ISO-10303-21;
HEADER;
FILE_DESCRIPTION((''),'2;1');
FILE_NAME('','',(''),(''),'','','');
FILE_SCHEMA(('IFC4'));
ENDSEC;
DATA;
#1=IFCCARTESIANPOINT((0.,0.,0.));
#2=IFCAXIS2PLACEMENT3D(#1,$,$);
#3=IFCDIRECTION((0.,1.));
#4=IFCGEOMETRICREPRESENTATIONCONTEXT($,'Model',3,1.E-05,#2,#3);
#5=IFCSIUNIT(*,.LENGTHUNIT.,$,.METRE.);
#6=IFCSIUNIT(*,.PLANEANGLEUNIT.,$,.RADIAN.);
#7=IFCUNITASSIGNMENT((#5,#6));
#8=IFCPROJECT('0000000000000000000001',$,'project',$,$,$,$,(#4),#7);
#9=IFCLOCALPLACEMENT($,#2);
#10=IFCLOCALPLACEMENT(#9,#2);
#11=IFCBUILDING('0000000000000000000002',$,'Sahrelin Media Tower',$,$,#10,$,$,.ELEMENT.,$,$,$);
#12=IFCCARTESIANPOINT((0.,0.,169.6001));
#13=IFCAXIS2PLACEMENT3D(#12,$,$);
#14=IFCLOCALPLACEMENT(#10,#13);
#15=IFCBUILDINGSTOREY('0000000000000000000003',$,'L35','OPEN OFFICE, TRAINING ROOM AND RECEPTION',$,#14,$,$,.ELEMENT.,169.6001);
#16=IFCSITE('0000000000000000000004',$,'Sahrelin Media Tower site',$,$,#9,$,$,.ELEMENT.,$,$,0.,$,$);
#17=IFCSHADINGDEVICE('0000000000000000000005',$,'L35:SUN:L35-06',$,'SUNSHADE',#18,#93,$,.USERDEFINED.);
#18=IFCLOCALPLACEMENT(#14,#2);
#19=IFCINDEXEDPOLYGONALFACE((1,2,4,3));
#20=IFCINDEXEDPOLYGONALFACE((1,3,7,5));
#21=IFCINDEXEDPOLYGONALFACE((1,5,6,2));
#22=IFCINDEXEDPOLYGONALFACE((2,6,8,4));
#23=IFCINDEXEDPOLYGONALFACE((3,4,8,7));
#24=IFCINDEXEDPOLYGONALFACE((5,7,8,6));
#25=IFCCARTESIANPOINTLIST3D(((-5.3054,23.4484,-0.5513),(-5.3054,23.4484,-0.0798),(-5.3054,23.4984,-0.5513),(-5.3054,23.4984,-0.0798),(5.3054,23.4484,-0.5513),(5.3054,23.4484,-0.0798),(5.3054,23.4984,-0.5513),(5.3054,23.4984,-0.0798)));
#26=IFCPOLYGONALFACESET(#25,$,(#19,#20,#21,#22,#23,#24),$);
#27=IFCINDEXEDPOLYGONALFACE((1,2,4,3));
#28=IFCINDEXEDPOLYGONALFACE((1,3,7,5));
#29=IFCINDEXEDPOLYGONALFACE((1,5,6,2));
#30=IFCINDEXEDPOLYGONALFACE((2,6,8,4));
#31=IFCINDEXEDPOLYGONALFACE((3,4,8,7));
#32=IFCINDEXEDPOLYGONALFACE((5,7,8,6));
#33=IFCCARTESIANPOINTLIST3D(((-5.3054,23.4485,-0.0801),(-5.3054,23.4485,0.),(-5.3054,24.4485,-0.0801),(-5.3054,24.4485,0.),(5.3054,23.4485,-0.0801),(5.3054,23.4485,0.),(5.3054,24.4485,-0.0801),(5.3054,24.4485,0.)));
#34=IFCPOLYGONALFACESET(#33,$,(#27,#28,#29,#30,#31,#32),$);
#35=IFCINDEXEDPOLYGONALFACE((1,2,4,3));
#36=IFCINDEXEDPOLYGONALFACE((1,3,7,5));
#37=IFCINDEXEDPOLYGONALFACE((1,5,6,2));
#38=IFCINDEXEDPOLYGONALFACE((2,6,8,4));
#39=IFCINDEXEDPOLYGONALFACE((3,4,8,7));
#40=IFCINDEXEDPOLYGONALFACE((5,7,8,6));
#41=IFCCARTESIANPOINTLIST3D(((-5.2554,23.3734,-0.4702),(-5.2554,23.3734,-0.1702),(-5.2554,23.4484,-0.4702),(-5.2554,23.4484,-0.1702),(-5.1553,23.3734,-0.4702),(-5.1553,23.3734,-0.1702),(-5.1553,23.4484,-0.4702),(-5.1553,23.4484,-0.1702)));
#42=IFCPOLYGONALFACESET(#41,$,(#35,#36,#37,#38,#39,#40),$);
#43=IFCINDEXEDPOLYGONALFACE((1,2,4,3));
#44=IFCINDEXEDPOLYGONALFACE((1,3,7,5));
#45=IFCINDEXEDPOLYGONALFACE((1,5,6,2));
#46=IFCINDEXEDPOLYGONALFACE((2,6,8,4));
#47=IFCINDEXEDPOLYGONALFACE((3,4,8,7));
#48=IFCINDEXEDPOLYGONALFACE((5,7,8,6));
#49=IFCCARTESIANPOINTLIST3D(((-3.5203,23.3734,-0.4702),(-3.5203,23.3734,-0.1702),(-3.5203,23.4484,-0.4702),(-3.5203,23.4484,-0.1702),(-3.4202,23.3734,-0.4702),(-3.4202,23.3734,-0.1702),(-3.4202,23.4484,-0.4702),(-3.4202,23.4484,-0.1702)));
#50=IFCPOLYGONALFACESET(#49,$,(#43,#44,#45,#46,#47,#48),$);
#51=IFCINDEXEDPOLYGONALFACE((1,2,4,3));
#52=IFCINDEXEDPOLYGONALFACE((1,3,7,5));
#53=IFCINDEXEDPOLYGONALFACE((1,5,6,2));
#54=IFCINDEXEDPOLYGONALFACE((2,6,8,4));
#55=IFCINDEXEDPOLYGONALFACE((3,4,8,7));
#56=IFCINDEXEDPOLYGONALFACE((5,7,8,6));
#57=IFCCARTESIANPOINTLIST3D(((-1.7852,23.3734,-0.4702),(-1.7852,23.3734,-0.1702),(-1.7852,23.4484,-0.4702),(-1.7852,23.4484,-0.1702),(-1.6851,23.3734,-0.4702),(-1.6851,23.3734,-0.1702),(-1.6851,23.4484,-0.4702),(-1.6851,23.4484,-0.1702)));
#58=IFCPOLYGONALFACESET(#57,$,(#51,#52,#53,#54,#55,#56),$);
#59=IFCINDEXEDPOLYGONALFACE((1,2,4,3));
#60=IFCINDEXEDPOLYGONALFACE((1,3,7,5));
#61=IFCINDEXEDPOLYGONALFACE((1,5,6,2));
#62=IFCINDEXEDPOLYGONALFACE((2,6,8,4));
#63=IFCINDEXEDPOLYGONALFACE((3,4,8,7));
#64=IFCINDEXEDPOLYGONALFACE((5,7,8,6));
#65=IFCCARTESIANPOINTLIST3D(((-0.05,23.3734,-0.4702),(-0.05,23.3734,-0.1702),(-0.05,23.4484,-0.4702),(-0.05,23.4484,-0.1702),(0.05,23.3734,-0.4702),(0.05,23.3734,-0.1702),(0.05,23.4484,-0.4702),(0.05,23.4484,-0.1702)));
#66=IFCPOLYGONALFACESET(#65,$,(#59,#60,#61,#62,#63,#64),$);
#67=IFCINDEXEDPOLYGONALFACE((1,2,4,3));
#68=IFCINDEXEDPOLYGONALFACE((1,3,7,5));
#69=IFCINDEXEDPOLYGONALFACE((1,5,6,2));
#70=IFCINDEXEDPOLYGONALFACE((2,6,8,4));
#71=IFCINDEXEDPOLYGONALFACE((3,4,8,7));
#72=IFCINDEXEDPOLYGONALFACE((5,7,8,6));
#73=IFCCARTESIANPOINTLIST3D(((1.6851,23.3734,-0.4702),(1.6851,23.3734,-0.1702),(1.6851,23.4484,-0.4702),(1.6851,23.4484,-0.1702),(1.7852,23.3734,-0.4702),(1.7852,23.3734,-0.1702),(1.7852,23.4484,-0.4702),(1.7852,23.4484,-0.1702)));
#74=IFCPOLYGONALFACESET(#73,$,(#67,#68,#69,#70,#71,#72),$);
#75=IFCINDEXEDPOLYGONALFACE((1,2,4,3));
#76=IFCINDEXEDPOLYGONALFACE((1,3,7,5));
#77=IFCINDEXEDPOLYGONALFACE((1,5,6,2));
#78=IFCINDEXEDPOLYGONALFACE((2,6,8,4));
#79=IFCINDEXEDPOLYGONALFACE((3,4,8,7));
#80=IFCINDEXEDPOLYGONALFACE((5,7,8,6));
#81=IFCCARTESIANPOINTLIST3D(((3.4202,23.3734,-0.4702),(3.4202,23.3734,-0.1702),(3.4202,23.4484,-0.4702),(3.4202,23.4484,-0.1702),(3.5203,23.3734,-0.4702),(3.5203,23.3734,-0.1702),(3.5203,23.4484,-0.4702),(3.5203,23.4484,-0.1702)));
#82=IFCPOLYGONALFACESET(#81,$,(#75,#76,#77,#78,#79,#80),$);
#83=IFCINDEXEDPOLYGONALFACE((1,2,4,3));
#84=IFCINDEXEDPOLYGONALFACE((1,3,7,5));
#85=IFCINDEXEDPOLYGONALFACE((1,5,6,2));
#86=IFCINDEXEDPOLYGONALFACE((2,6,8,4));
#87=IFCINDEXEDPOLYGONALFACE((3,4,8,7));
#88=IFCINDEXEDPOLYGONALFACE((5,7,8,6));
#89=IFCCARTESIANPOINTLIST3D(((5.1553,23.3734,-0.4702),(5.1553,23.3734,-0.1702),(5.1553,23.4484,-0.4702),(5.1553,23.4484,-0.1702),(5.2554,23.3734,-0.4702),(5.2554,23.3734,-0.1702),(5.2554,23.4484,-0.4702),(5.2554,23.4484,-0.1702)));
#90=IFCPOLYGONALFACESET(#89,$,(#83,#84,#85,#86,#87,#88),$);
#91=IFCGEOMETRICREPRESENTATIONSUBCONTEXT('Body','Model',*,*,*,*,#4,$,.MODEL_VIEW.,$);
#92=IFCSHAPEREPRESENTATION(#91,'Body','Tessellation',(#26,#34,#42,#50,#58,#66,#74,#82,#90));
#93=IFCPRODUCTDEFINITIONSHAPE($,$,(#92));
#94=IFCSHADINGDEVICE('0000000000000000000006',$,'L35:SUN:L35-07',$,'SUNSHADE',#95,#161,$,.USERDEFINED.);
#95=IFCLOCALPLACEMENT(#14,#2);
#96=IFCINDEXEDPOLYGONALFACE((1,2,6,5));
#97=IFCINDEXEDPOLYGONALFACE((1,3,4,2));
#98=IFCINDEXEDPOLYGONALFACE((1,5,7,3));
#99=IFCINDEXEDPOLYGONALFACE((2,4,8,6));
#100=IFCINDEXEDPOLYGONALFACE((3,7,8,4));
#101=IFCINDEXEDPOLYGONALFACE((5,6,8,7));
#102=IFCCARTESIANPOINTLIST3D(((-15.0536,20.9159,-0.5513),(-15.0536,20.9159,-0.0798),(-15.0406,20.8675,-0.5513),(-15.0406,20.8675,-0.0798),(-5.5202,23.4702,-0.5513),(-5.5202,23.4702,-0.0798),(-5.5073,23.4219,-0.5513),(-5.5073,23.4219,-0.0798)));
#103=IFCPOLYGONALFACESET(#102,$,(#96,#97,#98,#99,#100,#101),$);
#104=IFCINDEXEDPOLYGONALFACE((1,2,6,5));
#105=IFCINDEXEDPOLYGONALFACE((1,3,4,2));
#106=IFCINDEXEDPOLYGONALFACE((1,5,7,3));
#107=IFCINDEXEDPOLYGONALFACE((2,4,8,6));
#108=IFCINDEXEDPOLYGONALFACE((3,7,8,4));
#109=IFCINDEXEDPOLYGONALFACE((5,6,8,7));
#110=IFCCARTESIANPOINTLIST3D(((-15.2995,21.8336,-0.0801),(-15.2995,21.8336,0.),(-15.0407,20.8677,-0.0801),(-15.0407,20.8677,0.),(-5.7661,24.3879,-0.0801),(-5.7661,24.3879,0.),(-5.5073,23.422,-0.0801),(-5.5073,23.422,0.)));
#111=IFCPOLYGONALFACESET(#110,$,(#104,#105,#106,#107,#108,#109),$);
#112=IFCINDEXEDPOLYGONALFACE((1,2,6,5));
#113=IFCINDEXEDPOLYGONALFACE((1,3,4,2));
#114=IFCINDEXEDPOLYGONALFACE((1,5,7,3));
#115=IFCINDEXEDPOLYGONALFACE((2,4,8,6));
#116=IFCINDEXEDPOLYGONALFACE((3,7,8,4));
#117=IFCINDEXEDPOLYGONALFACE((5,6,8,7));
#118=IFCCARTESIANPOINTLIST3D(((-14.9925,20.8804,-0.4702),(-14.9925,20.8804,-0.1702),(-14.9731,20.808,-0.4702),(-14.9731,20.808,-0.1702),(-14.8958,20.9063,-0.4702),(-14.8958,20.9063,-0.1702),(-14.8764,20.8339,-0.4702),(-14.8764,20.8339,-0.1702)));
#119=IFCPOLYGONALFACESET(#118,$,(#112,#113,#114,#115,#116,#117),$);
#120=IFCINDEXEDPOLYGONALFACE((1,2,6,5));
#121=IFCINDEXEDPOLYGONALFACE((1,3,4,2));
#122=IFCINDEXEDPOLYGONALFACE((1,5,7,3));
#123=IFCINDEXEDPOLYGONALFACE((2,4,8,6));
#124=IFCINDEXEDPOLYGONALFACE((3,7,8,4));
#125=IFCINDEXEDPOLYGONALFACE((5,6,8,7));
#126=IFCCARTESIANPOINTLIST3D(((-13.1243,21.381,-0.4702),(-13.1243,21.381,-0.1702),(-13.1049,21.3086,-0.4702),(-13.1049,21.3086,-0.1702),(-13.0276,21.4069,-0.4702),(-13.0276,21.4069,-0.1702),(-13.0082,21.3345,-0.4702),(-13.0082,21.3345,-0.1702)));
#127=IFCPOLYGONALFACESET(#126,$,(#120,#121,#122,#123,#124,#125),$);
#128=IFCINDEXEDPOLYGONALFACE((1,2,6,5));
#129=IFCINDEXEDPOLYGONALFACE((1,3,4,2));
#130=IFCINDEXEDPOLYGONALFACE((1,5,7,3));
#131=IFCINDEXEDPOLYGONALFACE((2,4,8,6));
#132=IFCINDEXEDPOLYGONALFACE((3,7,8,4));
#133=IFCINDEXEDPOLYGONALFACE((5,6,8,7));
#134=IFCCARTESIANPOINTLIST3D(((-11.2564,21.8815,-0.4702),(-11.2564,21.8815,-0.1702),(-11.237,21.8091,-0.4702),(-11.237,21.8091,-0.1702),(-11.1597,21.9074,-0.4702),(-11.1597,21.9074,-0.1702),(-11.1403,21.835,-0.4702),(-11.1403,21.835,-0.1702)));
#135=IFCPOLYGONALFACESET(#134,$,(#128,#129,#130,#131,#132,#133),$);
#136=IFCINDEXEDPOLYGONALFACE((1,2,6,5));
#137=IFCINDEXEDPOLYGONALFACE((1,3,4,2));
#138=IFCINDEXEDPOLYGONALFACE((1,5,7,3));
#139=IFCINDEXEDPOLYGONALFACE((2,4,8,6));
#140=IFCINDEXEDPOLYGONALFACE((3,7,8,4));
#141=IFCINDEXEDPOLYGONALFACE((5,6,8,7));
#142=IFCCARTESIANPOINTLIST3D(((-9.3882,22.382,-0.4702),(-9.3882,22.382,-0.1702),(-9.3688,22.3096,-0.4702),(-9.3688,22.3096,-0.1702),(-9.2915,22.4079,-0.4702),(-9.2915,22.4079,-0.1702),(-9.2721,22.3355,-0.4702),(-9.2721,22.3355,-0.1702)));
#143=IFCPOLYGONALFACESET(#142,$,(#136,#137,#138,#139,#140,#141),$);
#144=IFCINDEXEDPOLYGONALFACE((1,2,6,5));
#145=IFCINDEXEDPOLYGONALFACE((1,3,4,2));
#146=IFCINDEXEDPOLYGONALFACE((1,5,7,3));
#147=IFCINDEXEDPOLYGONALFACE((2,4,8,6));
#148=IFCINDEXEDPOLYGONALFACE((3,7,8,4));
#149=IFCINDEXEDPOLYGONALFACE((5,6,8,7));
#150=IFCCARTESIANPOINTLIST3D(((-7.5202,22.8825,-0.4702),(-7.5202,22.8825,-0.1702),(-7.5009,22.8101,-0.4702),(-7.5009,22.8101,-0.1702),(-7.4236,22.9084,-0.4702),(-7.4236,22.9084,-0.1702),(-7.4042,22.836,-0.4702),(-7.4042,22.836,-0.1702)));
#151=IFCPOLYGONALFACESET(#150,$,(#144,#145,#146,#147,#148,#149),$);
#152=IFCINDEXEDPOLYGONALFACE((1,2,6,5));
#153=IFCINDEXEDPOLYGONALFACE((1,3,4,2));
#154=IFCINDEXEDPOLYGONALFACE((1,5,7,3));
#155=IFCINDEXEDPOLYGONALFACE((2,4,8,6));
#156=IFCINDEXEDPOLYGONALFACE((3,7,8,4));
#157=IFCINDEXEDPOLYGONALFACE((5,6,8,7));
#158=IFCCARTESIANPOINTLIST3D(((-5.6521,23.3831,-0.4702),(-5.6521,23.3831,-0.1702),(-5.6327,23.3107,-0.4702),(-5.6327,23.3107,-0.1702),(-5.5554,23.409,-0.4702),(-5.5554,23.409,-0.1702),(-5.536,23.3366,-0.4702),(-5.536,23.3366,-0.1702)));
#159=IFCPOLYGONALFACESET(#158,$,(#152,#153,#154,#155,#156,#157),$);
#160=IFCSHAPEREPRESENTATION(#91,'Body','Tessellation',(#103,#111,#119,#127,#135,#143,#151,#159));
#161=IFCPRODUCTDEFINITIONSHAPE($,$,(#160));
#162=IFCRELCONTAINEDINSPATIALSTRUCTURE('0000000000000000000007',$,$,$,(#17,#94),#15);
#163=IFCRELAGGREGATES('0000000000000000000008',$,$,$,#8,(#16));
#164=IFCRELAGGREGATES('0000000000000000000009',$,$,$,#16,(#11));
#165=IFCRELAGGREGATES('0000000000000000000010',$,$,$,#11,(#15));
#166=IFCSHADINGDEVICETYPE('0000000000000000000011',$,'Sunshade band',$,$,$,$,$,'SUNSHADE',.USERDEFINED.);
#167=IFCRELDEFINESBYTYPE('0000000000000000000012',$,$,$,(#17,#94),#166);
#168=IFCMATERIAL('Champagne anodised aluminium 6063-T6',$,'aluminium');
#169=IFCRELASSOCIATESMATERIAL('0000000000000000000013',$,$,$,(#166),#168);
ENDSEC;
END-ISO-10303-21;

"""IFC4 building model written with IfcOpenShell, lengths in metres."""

from ifc_helpers import new_model, si_unit, direction, frame, origin, origin_2d, place, context, subcontext, project, spatial, rectangle, extrude, material, type_object, element, save


model = new_model("IFC4")

# Units and contexts
model_context = context("Model", 3, precision=1e-05, world=origin(), true_north=direction((0.0, 1.0)))
body_context = subcontext(model_context, "Body", "Model", "MODEL_VIEW")
ifc_project = project(units=[si_unit("LENGTHUNIT", "METRE"), si_unit("PLANEANGLEUNIT", "RADIAN")], contexts=[model_context])

# Site, building, storey
site_placement = place(None, origin())
site = spatial("IfcSite", under=ifc_project, at=site_placement, Name="Sahrelin Media Tower site", CompositionType="ELEMENT", RefElevation=0.0)
building_placement = place(site_placement, origin())
building = spatial("IfcBuilding", under=site, at=building_placement, Name="Sahrelin Media Tower", CompositionType="ELEMENT")
storey_placement = place(building_placement, frame((0.0, 0.0, 169.6001)))
storey = spatial("IfcBuildingStorey", under=building, at=storey_placement, Name="L35", Description="OPEN OFFICE, TRAINING ROOM AND RECEPTION", CompositionType="ELEMENT", Elevation=169.6001)

# Shared definitions
ifc_material_1 = material(Name="Champagne anodised aluminium 6063-T6", Category="aluminium")
placement_1 = place(storey_placement, frame((0.0, 23.4285, 0.0), z_axis=(0.0, 0.0, 1.0), x_axis=(1.0, 0.0, 0.0)))

# Shading devices
placement_2 = place(storey_placement, frame((-10.2688, 22.1255, 0.0), z_axis=(0.0, 0.0, 1.0), x_axis=(0.965929, 0.258808, 0.0)))
shading_device_type_1 = type_object("IfcShadingDeviceType", Name="Sunshade band", ElementType="SUNSHADE", PredefinedType="USERDEFINED", material=ifc_material_1)
element("IfcShadingDevice", 1, at=placement_1, inside=storey, type_object=shading_device_type_1, Name="L35:SUN:L35-06", ObjectType="SUNSHADE", PredefinedType="USERDEFINED", context=body_context, shape_type="SweptSolid", body=[
    extrude(rectangle(XDim=10.6108, YDim=0.05, at=origin_2d()), frame((0.0, 0.0449, -0.5513)), (0.0, 0.0, 1.0), 0.4714),
    extrude(rectangle(XDim=10.6108, YDim=1.0, at=origin_2d()), frame((0.0, 0.52, -0.0801)), (0.0, 0.0, 1.0), 0.0801),
    extrude(rectangle(XDim=0.1001, YDim=0.075, at=origin_2d()), frame((-5.2053, -0.0176, -0.4702)), (0.0, 0.0, 1.0), 0.3),
    extrude(rectangle(XDim=0.1001, YDim=0.075, at=origin_2d()), frame((-3.4702, -0.0176, -0.4702)), (0.0, 0.0, 1.0), 0.3),
    extrude(rectangle(XDim=0.1001, YDim=0.075, at=origin_2d()), frame((-1.7351, -0.0176, -0.4702)), (0.0, 0.0, 1.0), 0.3),
    extrude(rectangle(XDim=0.1001, YDim=0.075, at=origin_2d()), frame((0.0, -0.0176, -0.4702)), (0.0, 0.0, 1.0), 0.3),
    extrude(rectangle(XDim=0.1001, YDim=0.075, at=origin_2d()), frame((1.7351, -0.0176, -0.4702)), (0.0, 0.0, 1.0), 0.3),
    extrude(rectangle(XDim=0.1001, YDim=0.075, at=origin_2d()), frame((3.4702, -0.0176, -0.4702)), (0.0, 0.0, 1.0), 0.3),
    extrude(rectangle(XDim=0.1001, YDim=0.075, at=origin_2d()), frame((5.2053, -0.0176, -0.4702)), (0.0, 0.0, 1.0), 0.3),
])
element("IfcShadingDevice", 2, at=placement_2, inside=storey, type_object=shading_device_type_1, Name="L35:SUN:L35-07", ObjectType="SUNSHADE", PredefinedType="USERDEFINED", context=body_context, shape_type="SweptSolid", body=[
    extrude(rectangle(XDim=9.8696, YDim=0.05, at=origin_2d()), frame((0.0, 0.0449, -0.5513)), (0.0, 0.0, 1.0), 0.4714),
    extrude(rectangle(XDim=9.8696, YDim=1.0, at=origin_2d()), frame((0.0, 0.52, -0.0801)), (0.0, 0.0, 1.0), 0.0801),
    extrude(rectangle(XDim=0.1001, YDim=0.075, at=origin_2d()), frame((-4.835, -0.0176, -0.4702)), (0.0, 0.0, 1.0), 0.3),
    extrude(rectangle(XDim=0.1001, YDim=0.075, at=origin_2d()), frame((-2.9009, -0.0176, -0.4702)), (0.0, 0.0, 1.0), 0.3),
    extrude(rectangle(XDim=0.1001, YDim=0.075, at=origin_2d()), frame((-0.967, -0.0176, -0.4702)), (0.0, 0.0, 1.0), 0.3),
    extrude(rectangle(XDim=0.1001, YDim=0.075, at=origin_2d()), frame((0.967, -0.0176, -0.4702)), (0.0, 0.0, 1.0), 0.3),
    extrude(rectangle(XDim=0.1001, YDim=0.075, at=origin_2d()), frame((2.9009, -0.0176, -0.4702)), (0.0, 0.0, 1.0), 0.3),
    extrude(rectangle(XDim=0.1001, YDim=0.075, at=origin_2d()), frame((4.835, -0.0176, -0.4702)), (0.0, 0.0, 1.0), 0.3),
])

save(model, "model.ifc")
